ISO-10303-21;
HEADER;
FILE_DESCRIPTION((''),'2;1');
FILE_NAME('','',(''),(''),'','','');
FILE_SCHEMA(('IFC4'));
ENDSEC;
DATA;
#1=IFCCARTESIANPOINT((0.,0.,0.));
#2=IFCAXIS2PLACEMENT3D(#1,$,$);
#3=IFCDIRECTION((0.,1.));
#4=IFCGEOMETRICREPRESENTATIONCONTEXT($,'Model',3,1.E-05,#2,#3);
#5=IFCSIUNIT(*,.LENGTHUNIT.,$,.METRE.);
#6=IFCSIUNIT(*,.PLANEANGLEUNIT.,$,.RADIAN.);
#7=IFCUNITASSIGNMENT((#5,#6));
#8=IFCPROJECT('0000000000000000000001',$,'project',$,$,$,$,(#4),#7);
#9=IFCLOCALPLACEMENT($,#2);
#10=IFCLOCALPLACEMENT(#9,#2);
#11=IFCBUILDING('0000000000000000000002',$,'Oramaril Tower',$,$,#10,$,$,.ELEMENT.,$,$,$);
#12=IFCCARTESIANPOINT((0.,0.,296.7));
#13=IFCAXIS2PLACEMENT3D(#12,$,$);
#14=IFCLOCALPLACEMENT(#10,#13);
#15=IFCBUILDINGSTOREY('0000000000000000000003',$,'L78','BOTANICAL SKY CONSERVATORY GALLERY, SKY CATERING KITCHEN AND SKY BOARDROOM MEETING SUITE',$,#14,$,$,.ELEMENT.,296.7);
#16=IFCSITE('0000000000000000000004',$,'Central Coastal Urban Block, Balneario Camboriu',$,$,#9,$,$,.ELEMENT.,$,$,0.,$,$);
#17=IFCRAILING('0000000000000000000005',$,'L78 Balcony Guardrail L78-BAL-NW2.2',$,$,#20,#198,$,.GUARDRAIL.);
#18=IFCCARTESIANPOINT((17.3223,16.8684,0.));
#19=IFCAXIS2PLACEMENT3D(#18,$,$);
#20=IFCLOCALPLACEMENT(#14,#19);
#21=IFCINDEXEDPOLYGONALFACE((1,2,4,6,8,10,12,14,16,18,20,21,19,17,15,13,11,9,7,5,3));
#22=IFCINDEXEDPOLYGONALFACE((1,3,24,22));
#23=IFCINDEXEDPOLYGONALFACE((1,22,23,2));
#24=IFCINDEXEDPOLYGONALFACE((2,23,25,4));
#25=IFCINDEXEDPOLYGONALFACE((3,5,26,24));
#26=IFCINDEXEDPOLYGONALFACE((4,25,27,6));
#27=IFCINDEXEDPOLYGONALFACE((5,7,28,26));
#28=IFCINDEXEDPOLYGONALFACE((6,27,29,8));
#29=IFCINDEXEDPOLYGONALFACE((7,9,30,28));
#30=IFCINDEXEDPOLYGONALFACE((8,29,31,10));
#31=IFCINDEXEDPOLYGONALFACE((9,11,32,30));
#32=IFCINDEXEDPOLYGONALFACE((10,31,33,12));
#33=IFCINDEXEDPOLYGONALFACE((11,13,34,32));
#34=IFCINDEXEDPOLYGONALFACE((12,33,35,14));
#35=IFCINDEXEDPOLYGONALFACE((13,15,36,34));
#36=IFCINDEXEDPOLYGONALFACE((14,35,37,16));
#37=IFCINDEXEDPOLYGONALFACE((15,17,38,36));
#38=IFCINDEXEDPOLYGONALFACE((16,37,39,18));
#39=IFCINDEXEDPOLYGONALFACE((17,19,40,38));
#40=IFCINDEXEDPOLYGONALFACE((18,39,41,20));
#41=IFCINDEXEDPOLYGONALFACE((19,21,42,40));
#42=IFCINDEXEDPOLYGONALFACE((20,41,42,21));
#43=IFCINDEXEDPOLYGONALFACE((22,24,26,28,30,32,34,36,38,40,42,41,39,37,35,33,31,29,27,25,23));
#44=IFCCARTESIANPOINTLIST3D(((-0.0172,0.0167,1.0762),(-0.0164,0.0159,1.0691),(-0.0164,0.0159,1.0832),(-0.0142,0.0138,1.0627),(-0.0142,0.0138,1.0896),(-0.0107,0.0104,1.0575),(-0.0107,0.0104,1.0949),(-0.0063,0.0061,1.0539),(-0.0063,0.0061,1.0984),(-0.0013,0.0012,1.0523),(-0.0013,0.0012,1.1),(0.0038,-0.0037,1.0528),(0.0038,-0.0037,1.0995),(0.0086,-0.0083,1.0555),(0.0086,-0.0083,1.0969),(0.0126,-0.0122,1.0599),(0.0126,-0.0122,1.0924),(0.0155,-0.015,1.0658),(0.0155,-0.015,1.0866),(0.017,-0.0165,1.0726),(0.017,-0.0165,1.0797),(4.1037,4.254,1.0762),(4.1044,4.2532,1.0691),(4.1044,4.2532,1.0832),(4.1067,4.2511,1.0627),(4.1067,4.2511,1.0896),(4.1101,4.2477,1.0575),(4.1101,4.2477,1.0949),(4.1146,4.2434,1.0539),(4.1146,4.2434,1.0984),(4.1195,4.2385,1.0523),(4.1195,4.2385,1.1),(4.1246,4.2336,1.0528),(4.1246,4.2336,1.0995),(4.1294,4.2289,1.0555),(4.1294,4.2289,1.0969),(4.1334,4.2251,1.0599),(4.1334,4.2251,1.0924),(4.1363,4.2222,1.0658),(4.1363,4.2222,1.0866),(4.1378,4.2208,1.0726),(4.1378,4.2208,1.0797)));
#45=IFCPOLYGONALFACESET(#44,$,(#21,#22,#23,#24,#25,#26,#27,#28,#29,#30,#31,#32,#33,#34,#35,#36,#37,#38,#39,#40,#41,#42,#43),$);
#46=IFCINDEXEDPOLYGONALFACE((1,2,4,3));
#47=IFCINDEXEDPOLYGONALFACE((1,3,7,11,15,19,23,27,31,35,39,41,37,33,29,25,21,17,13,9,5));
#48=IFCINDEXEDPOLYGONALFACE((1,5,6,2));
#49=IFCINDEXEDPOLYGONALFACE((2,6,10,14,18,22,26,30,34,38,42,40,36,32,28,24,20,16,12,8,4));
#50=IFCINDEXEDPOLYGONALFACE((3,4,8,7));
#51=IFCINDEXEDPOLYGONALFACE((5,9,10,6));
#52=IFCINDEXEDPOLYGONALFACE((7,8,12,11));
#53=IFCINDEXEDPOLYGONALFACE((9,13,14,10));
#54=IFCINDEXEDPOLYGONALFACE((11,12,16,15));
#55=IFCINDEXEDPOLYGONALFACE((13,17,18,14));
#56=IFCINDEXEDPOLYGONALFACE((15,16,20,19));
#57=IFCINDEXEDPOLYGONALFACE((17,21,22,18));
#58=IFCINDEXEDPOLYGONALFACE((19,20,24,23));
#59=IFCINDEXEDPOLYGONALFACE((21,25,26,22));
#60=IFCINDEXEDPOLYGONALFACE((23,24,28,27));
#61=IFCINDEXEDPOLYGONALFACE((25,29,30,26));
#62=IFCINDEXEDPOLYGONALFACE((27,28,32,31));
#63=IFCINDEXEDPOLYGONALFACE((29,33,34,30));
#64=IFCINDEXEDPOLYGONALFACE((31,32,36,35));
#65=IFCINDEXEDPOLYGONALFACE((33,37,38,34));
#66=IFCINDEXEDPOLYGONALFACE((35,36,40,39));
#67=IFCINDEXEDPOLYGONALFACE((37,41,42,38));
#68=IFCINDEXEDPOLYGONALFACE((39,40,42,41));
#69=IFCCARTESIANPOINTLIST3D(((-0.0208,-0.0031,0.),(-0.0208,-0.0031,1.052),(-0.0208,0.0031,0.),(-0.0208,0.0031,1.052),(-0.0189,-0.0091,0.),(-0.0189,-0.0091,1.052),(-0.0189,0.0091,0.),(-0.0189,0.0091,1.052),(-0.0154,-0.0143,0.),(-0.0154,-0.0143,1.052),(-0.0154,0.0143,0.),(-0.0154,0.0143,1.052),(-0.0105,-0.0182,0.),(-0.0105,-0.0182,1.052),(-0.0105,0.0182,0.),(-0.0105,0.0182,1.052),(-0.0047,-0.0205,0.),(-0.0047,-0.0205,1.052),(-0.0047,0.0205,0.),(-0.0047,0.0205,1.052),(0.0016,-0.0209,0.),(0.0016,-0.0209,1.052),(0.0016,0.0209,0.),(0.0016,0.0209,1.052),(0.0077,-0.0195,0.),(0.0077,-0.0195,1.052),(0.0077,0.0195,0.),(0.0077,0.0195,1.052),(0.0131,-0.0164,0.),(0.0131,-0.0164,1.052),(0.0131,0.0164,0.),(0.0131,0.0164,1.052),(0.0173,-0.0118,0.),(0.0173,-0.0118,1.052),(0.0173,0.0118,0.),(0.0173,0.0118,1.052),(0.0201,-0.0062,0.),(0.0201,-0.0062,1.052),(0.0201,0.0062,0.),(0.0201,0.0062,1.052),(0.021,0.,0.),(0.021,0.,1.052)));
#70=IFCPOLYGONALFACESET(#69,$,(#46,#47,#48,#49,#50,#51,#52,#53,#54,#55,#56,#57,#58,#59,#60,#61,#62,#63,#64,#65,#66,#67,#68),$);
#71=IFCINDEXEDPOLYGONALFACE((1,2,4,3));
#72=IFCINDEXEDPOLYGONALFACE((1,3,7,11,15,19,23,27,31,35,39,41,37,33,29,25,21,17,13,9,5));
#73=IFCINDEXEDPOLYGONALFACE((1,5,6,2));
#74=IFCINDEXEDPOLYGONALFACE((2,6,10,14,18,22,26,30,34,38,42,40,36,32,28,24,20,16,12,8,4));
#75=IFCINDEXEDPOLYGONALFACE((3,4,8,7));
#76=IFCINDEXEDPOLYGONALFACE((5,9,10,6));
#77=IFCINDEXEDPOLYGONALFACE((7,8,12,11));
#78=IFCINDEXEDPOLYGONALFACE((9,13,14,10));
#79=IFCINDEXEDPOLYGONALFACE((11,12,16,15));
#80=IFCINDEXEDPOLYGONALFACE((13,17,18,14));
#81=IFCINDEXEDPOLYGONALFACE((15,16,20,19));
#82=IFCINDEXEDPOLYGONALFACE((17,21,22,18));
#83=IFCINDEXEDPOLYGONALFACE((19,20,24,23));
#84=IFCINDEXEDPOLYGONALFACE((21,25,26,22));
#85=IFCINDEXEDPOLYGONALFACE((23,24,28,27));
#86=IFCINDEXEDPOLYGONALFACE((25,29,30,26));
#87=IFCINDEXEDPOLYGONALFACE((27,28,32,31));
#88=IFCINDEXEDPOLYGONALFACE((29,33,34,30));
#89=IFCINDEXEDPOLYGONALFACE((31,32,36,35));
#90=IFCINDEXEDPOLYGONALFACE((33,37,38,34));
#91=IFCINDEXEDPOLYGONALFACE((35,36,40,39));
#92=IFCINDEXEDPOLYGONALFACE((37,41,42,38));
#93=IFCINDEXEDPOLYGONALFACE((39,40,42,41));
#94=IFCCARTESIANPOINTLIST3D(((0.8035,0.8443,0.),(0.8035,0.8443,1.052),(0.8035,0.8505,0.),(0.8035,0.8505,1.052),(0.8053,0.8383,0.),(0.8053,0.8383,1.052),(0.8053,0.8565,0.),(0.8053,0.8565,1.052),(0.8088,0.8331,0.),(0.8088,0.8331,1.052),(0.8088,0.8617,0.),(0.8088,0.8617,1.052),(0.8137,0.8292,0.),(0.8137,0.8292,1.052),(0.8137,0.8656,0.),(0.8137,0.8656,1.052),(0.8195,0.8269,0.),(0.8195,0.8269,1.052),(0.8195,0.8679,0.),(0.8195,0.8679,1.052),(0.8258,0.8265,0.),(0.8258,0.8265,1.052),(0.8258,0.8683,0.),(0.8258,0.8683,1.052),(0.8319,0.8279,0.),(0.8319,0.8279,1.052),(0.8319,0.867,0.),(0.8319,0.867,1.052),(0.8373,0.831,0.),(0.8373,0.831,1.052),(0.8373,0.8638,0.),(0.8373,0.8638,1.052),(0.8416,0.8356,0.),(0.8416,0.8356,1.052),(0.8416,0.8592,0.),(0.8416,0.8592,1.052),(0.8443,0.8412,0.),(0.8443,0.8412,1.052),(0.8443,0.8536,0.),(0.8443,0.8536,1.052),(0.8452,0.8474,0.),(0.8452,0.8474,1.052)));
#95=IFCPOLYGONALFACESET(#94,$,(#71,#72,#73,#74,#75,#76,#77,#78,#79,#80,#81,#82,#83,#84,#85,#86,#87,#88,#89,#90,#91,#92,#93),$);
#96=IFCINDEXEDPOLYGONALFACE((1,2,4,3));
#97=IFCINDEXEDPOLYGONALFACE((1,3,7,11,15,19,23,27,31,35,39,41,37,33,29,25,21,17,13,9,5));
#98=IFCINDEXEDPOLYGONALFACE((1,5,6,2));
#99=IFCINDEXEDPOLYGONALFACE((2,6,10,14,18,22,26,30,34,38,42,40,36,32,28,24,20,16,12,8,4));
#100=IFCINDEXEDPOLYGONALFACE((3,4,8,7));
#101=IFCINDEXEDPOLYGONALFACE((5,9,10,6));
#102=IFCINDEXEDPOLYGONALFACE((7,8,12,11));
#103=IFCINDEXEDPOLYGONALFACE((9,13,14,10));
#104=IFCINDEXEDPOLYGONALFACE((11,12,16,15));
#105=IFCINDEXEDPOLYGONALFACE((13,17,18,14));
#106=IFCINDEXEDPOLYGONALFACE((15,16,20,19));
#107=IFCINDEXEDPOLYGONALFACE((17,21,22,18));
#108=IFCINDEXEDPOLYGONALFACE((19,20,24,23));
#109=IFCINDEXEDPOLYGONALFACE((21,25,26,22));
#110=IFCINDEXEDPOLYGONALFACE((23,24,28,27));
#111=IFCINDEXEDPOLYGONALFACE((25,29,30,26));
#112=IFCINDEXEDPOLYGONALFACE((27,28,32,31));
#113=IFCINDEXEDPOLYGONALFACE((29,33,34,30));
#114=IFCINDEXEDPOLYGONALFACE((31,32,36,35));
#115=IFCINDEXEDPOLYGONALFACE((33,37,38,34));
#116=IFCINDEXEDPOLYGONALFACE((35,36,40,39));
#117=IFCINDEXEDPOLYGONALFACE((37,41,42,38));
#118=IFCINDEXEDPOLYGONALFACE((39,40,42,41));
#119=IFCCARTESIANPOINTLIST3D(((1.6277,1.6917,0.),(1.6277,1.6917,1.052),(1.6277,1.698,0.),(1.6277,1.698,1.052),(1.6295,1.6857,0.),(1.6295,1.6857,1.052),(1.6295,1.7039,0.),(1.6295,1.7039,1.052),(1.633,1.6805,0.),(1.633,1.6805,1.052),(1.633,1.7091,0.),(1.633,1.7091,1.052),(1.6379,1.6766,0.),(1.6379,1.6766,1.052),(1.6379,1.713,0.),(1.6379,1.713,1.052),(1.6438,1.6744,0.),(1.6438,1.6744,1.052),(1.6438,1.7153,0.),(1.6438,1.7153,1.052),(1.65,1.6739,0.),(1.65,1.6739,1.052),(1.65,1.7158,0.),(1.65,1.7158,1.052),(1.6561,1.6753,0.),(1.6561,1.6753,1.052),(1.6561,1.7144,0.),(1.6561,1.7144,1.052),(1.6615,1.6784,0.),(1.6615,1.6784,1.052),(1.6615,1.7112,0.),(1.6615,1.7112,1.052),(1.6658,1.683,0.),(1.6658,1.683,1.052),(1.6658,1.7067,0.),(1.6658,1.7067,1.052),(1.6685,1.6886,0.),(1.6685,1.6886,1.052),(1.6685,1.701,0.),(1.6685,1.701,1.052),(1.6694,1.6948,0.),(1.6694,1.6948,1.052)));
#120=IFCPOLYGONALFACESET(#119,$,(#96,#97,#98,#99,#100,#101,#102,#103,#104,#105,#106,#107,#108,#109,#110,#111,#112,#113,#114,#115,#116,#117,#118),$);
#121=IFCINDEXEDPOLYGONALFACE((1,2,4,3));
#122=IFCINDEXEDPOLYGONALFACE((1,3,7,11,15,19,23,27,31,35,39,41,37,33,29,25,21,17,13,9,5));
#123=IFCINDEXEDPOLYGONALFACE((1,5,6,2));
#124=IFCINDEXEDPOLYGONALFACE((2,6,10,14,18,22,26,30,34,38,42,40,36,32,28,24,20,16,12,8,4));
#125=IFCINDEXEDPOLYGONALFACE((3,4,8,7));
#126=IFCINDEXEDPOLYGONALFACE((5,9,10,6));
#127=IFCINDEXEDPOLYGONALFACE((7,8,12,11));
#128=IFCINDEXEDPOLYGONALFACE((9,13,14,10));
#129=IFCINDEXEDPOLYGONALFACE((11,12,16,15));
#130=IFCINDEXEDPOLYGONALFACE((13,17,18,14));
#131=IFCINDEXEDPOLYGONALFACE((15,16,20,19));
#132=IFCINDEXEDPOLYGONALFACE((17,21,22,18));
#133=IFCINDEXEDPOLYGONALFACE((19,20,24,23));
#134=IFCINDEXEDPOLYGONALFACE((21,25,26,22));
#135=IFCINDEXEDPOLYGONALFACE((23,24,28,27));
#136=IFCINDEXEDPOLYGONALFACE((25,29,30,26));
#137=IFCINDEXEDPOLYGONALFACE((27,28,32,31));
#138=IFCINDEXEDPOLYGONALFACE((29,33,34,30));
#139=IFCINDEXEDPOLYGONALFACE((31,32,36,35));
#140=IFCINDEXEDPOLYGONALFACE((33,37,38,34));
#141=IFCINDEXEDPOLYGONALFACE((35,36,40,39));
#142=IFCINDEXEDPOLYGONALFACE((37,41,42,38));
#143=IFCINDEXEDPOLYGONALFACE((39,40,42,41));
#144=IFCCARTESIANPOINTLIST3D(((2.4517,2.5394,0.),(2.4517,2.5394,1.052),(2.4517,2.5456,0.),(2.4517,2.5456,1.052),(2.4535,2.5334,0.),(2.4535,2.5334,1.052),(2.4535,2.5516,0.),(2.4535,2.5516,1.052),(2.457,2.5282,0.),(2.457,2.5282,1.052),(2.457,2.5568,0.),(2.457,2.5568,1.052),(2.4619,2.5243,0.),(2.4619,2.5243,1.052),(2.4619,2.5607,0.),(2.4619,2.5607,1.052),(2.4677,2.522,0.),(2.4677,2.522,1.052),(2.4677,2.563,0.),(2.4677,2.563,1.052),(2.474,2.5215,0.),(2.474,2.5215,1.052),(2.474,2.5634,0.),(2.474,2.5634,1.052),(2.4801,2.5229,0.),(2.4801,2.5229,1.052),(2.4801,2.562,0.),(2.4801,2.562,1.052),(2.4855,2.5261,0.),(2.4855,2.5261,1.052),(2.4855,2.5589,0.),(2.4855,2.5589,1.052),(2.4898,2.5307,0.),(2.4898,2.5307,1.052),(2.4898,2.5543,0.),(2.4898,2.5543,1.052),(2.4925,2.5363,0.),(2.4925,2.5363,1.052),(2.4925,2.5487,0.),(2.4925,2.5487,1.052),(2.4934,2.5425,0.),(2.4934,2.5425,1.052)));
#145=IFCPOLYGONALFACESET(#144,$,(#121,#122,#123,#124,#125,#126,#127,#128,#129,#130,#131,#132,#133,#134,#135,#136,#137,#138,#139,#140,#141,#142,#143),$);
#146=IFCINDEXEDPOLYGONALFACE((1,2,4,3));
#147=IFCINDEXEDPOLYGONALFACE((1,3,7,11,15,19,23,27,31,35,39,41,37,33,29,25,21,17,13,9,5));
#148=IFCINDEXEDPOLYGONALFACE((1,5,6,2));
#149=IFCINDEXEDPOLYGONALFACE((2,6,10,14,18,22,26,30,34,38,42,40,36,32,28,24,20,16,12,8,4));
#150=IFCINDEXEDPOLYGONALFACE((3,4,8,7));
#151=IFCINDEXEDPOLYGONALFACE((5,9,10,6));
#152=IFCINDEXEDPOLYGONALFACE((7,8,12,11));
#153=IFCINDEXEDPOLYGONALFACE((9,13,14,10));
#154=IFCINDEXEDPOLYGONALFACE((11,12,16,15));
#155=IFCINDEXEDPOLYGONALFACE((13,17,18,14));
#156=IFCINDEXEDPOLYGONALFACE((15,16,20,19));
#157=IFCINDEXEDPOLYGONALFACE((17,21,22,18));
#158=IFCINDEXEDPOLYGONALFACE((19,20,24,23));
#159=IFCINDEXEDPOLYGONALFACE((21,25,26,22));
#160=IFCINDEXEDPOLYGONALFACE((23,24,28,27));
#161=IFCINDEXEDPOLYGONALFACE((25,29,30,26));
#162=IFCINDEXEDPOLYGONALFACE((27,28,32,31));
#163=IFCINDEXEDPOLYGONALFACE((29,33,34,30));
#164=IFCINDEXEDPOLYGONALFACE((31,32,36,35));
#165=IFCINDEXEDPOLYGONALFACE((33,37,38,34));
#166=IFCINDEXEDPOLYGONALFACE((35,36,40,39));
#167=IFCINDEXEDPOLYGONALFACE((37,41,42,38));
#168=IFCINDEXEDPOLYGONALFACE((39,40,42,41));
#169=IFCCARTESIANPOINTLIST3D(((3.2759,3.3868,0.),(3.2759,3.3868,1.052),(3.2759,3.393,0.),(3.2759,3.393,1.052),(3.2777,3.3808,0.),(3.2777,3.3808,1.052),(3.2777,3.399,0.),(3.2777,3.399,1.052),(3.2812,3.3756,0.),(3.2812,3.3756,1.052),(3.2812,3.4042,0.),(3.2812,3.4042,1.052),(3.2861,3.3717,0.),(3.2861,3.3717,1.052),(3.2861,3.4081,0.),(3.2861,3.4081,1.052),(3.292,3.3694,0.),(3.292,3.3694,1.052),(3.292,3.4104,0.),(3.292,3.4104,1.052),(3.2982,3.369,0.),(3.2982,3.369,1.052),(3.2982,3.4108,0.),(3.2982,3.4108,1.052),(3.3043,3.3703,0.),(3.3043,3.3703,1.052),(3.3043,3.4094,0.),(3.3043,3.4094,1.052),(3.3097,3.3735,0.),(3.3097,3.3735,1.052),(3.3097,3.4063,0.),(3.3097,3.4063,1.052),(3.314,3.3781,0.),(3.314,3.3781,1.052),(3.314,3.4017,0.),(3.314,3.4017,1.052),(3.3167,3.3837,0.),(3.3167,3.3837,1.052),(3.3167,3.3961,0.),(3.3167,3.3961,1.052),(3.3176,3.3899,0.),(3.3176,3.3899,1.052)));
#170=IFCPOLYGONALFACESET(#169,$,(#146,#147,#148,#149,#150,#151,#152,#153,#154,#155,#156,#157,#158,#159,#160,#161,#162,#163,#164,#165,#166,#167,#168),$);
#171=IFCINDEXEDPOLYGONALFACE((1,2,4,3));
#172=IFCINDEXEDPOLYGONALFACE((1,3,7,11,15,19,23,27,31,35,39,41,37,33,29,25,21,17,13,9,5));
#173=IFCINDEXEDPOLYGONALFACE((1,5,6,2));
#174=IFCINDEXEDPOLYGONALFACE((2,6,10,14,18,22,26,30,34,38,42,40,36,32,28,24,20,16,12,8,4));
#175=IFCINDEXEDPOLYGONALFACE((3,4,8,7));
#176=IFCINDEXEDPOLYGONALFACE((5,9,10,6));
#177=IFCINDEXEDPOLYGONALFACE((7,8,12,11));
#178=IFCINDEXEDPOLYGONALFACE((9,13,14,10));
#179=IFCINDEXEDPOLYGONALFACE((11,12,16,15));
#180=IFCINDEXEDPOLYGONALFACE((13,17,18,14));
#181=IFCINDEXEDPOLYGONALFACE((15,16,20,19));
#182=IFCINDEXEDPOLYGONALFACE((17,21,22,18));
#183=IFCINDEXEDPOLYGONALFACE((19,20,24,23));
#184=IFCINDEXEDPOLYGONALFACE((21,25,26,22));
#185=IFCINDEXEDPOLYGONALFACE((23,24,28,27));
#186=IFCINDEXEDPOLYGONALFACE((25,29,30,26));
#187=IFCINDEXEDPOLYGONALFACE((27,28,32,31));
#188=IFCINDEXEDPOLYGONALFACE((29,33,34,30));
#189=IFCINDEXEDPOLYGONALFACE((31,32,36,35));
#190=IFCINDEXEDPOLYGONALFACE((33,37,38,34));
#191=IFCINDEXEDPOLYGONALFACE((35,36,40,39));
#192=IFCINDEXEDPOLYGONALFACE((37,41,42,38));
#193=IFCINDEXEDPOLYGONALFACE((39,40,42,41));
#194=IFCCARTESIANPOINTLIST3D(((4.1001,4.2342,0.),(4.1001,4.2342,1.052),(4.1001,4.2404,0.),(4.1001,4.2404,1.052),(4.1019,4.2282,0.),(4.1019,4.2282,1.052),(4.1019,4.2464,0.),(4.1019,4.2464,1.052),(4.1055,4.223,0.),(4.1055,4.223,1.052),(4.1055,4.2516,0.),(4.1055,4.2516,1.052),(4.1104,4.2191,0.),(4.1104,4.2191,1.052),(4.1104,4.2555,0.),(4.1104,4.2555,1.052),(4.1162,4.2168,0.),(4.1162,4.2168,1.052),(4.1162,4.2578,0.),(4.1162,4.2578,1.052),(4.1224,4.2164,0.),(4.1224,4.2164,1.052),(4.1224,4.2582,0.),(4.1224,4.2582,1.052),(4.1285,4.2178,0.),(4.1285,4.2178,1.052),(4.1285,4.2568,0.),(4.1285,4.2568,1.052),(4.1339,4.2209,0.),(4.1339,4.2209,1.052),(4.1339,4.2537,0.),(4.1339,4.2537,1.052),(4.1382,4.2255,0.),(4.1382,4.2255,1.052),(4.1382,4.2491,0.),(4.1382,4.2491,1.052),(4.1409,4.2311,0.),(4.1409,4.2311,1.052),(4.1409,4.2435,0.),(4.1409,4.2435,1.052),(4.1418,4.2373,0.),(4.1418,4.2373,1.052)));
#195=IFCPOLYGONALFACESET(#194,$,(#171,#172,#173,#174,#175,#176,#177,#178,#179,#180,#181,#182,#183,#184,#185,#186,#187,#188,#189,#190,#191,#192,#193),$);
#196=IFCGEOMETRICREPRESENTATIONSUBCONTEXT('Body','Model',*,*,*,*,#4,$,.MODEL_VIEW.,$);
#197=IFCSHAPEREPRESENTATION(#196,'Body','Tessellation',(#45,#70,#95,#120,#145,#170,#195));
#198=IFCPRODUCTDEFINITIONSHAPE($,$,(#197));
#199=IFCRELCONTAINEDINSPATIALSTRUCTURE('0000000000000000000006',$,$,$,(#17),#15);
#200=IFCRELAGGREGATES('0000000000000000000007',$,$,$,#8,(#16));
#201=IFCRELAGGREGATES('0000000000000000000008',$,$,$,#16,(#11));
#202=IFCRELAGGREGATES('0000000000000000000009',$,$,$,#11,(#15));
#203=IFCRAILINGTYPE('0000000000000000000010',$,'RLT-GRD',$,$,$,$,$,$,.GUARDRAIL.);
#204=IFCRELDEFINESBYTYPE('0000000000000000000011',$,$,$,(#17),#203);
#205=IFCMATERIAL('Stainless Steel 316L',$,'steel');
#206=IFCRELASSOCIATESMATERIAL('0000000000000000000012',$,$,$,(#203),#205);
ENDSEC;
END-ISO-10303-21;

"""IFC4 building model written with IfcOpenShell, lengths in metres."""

from ifc_helpers import new_model, si_unit, direction, frame, origin, origin_2d, place, context, subcontext, project, spatial, circle, extrude, material, type_object, element, save


model = new_model("IFC4")

# Units and contexts
model_context = context("Model", 3, precision=1e-05, world=origin(), true_north=direction((0.0, 1.0)))
body_context = subcontext(model_context, "Body", "Model", "MODEL_VIEW")
ifc_project = project(units=[si_unit("LENGTHUNIT", "METRE"), si_unit("PLANEANGLEUNIT", "RADIAN")], contexts=[model_context])

# Site, building, storey
site_placement = place(None, origin())
site = spatial("IfcSite", under=ifc_project, at=site_placement, Name="Central Coastal Urban Block, Balneario Camboriu", CompositionType="ELEMENT", RefElevation=0.0)
building_placement = place(site_placement, origin())
building = spatial("IfcBuilding", under=site, at=building_placement, Name="Oramaril Tower", CompositionType="ELEMENT")
storey_placement = place(building_placement, frame((0.0, 0.0, 296.7)))
storey = spatial("IfcBuildingStorey", under=building, at=storey_placement, Name="L78", Description="BOTANICAL SKY CONSERVATORY GALLERY, SKY CATERING KITCHEN AND SKY BOARDROOM MEETING SUITE", CompositionType="ELEMENT", Elevation=296.7)

# Railing
ifc_material_1 = material(Name="Stainless Steel 316L", Category="steel")
railing_type = type_object("IfcRailingType", Name="RLT-GRD", PredefinedType="GUARDRAIL", material=ifc_material_1)
railing_1_placement = place(storey_placement, frame((17.3223, 16.8684, 0.0)))
element("IfcRailing", 1, at=railing_1_placement, inside=storey, type_object=railing_type, Name="L78 Balcony Guardrail L78-BAL-NW2.2", PredefinedType="GUARDRAIL", context=body_context, shape_type="SweptSolid", body=[
    extrude(circle(Radius=0.0239, at=origin_2d()), frame((0.0, 0.0, 1.0762), z_axis=(0.697187, 0.716889, 0.0), x_axis=(-0.716889, 0.697187, 0.0)), (0.0, 0.0, 1.0), 5.9106),
    extrude(circle(Radius=0.021, at=origin_2d()), origin(), (0.0, 0.0, 1.0), 1.052),
    extrude(circle(Radius=0.021, at=origin_2d()), frame((0.8242, 0.8474, 0.0)), (0.0, 0.0, 1.0), 1.052),
    extrude(circle(Radius=0.021, at=origin_2d()), frame((1.6484, 1.6948, 0.0)), (0.0, 0.0, 1.0), 1.052),
    extrude(circle(Radius=0.021, at=origin_2d()), frame((2.4724, 2.5425, 0.0)), (0.0, 0.0, 1.0), 1.052),
    extrude(circle(Radius=0.021, at=origin_2d()), frame((3.2966, 3.3899, 0.0)), (0.0, 0.0, 1.0), 1.052),
    extrude(circle(Radius=0.021, at=origin_2d()), frame((4.1208, 4.2373, 0.0)), (0.0, 0.0, 1.0), 1.052),
])

save(model, "model.ifc")
